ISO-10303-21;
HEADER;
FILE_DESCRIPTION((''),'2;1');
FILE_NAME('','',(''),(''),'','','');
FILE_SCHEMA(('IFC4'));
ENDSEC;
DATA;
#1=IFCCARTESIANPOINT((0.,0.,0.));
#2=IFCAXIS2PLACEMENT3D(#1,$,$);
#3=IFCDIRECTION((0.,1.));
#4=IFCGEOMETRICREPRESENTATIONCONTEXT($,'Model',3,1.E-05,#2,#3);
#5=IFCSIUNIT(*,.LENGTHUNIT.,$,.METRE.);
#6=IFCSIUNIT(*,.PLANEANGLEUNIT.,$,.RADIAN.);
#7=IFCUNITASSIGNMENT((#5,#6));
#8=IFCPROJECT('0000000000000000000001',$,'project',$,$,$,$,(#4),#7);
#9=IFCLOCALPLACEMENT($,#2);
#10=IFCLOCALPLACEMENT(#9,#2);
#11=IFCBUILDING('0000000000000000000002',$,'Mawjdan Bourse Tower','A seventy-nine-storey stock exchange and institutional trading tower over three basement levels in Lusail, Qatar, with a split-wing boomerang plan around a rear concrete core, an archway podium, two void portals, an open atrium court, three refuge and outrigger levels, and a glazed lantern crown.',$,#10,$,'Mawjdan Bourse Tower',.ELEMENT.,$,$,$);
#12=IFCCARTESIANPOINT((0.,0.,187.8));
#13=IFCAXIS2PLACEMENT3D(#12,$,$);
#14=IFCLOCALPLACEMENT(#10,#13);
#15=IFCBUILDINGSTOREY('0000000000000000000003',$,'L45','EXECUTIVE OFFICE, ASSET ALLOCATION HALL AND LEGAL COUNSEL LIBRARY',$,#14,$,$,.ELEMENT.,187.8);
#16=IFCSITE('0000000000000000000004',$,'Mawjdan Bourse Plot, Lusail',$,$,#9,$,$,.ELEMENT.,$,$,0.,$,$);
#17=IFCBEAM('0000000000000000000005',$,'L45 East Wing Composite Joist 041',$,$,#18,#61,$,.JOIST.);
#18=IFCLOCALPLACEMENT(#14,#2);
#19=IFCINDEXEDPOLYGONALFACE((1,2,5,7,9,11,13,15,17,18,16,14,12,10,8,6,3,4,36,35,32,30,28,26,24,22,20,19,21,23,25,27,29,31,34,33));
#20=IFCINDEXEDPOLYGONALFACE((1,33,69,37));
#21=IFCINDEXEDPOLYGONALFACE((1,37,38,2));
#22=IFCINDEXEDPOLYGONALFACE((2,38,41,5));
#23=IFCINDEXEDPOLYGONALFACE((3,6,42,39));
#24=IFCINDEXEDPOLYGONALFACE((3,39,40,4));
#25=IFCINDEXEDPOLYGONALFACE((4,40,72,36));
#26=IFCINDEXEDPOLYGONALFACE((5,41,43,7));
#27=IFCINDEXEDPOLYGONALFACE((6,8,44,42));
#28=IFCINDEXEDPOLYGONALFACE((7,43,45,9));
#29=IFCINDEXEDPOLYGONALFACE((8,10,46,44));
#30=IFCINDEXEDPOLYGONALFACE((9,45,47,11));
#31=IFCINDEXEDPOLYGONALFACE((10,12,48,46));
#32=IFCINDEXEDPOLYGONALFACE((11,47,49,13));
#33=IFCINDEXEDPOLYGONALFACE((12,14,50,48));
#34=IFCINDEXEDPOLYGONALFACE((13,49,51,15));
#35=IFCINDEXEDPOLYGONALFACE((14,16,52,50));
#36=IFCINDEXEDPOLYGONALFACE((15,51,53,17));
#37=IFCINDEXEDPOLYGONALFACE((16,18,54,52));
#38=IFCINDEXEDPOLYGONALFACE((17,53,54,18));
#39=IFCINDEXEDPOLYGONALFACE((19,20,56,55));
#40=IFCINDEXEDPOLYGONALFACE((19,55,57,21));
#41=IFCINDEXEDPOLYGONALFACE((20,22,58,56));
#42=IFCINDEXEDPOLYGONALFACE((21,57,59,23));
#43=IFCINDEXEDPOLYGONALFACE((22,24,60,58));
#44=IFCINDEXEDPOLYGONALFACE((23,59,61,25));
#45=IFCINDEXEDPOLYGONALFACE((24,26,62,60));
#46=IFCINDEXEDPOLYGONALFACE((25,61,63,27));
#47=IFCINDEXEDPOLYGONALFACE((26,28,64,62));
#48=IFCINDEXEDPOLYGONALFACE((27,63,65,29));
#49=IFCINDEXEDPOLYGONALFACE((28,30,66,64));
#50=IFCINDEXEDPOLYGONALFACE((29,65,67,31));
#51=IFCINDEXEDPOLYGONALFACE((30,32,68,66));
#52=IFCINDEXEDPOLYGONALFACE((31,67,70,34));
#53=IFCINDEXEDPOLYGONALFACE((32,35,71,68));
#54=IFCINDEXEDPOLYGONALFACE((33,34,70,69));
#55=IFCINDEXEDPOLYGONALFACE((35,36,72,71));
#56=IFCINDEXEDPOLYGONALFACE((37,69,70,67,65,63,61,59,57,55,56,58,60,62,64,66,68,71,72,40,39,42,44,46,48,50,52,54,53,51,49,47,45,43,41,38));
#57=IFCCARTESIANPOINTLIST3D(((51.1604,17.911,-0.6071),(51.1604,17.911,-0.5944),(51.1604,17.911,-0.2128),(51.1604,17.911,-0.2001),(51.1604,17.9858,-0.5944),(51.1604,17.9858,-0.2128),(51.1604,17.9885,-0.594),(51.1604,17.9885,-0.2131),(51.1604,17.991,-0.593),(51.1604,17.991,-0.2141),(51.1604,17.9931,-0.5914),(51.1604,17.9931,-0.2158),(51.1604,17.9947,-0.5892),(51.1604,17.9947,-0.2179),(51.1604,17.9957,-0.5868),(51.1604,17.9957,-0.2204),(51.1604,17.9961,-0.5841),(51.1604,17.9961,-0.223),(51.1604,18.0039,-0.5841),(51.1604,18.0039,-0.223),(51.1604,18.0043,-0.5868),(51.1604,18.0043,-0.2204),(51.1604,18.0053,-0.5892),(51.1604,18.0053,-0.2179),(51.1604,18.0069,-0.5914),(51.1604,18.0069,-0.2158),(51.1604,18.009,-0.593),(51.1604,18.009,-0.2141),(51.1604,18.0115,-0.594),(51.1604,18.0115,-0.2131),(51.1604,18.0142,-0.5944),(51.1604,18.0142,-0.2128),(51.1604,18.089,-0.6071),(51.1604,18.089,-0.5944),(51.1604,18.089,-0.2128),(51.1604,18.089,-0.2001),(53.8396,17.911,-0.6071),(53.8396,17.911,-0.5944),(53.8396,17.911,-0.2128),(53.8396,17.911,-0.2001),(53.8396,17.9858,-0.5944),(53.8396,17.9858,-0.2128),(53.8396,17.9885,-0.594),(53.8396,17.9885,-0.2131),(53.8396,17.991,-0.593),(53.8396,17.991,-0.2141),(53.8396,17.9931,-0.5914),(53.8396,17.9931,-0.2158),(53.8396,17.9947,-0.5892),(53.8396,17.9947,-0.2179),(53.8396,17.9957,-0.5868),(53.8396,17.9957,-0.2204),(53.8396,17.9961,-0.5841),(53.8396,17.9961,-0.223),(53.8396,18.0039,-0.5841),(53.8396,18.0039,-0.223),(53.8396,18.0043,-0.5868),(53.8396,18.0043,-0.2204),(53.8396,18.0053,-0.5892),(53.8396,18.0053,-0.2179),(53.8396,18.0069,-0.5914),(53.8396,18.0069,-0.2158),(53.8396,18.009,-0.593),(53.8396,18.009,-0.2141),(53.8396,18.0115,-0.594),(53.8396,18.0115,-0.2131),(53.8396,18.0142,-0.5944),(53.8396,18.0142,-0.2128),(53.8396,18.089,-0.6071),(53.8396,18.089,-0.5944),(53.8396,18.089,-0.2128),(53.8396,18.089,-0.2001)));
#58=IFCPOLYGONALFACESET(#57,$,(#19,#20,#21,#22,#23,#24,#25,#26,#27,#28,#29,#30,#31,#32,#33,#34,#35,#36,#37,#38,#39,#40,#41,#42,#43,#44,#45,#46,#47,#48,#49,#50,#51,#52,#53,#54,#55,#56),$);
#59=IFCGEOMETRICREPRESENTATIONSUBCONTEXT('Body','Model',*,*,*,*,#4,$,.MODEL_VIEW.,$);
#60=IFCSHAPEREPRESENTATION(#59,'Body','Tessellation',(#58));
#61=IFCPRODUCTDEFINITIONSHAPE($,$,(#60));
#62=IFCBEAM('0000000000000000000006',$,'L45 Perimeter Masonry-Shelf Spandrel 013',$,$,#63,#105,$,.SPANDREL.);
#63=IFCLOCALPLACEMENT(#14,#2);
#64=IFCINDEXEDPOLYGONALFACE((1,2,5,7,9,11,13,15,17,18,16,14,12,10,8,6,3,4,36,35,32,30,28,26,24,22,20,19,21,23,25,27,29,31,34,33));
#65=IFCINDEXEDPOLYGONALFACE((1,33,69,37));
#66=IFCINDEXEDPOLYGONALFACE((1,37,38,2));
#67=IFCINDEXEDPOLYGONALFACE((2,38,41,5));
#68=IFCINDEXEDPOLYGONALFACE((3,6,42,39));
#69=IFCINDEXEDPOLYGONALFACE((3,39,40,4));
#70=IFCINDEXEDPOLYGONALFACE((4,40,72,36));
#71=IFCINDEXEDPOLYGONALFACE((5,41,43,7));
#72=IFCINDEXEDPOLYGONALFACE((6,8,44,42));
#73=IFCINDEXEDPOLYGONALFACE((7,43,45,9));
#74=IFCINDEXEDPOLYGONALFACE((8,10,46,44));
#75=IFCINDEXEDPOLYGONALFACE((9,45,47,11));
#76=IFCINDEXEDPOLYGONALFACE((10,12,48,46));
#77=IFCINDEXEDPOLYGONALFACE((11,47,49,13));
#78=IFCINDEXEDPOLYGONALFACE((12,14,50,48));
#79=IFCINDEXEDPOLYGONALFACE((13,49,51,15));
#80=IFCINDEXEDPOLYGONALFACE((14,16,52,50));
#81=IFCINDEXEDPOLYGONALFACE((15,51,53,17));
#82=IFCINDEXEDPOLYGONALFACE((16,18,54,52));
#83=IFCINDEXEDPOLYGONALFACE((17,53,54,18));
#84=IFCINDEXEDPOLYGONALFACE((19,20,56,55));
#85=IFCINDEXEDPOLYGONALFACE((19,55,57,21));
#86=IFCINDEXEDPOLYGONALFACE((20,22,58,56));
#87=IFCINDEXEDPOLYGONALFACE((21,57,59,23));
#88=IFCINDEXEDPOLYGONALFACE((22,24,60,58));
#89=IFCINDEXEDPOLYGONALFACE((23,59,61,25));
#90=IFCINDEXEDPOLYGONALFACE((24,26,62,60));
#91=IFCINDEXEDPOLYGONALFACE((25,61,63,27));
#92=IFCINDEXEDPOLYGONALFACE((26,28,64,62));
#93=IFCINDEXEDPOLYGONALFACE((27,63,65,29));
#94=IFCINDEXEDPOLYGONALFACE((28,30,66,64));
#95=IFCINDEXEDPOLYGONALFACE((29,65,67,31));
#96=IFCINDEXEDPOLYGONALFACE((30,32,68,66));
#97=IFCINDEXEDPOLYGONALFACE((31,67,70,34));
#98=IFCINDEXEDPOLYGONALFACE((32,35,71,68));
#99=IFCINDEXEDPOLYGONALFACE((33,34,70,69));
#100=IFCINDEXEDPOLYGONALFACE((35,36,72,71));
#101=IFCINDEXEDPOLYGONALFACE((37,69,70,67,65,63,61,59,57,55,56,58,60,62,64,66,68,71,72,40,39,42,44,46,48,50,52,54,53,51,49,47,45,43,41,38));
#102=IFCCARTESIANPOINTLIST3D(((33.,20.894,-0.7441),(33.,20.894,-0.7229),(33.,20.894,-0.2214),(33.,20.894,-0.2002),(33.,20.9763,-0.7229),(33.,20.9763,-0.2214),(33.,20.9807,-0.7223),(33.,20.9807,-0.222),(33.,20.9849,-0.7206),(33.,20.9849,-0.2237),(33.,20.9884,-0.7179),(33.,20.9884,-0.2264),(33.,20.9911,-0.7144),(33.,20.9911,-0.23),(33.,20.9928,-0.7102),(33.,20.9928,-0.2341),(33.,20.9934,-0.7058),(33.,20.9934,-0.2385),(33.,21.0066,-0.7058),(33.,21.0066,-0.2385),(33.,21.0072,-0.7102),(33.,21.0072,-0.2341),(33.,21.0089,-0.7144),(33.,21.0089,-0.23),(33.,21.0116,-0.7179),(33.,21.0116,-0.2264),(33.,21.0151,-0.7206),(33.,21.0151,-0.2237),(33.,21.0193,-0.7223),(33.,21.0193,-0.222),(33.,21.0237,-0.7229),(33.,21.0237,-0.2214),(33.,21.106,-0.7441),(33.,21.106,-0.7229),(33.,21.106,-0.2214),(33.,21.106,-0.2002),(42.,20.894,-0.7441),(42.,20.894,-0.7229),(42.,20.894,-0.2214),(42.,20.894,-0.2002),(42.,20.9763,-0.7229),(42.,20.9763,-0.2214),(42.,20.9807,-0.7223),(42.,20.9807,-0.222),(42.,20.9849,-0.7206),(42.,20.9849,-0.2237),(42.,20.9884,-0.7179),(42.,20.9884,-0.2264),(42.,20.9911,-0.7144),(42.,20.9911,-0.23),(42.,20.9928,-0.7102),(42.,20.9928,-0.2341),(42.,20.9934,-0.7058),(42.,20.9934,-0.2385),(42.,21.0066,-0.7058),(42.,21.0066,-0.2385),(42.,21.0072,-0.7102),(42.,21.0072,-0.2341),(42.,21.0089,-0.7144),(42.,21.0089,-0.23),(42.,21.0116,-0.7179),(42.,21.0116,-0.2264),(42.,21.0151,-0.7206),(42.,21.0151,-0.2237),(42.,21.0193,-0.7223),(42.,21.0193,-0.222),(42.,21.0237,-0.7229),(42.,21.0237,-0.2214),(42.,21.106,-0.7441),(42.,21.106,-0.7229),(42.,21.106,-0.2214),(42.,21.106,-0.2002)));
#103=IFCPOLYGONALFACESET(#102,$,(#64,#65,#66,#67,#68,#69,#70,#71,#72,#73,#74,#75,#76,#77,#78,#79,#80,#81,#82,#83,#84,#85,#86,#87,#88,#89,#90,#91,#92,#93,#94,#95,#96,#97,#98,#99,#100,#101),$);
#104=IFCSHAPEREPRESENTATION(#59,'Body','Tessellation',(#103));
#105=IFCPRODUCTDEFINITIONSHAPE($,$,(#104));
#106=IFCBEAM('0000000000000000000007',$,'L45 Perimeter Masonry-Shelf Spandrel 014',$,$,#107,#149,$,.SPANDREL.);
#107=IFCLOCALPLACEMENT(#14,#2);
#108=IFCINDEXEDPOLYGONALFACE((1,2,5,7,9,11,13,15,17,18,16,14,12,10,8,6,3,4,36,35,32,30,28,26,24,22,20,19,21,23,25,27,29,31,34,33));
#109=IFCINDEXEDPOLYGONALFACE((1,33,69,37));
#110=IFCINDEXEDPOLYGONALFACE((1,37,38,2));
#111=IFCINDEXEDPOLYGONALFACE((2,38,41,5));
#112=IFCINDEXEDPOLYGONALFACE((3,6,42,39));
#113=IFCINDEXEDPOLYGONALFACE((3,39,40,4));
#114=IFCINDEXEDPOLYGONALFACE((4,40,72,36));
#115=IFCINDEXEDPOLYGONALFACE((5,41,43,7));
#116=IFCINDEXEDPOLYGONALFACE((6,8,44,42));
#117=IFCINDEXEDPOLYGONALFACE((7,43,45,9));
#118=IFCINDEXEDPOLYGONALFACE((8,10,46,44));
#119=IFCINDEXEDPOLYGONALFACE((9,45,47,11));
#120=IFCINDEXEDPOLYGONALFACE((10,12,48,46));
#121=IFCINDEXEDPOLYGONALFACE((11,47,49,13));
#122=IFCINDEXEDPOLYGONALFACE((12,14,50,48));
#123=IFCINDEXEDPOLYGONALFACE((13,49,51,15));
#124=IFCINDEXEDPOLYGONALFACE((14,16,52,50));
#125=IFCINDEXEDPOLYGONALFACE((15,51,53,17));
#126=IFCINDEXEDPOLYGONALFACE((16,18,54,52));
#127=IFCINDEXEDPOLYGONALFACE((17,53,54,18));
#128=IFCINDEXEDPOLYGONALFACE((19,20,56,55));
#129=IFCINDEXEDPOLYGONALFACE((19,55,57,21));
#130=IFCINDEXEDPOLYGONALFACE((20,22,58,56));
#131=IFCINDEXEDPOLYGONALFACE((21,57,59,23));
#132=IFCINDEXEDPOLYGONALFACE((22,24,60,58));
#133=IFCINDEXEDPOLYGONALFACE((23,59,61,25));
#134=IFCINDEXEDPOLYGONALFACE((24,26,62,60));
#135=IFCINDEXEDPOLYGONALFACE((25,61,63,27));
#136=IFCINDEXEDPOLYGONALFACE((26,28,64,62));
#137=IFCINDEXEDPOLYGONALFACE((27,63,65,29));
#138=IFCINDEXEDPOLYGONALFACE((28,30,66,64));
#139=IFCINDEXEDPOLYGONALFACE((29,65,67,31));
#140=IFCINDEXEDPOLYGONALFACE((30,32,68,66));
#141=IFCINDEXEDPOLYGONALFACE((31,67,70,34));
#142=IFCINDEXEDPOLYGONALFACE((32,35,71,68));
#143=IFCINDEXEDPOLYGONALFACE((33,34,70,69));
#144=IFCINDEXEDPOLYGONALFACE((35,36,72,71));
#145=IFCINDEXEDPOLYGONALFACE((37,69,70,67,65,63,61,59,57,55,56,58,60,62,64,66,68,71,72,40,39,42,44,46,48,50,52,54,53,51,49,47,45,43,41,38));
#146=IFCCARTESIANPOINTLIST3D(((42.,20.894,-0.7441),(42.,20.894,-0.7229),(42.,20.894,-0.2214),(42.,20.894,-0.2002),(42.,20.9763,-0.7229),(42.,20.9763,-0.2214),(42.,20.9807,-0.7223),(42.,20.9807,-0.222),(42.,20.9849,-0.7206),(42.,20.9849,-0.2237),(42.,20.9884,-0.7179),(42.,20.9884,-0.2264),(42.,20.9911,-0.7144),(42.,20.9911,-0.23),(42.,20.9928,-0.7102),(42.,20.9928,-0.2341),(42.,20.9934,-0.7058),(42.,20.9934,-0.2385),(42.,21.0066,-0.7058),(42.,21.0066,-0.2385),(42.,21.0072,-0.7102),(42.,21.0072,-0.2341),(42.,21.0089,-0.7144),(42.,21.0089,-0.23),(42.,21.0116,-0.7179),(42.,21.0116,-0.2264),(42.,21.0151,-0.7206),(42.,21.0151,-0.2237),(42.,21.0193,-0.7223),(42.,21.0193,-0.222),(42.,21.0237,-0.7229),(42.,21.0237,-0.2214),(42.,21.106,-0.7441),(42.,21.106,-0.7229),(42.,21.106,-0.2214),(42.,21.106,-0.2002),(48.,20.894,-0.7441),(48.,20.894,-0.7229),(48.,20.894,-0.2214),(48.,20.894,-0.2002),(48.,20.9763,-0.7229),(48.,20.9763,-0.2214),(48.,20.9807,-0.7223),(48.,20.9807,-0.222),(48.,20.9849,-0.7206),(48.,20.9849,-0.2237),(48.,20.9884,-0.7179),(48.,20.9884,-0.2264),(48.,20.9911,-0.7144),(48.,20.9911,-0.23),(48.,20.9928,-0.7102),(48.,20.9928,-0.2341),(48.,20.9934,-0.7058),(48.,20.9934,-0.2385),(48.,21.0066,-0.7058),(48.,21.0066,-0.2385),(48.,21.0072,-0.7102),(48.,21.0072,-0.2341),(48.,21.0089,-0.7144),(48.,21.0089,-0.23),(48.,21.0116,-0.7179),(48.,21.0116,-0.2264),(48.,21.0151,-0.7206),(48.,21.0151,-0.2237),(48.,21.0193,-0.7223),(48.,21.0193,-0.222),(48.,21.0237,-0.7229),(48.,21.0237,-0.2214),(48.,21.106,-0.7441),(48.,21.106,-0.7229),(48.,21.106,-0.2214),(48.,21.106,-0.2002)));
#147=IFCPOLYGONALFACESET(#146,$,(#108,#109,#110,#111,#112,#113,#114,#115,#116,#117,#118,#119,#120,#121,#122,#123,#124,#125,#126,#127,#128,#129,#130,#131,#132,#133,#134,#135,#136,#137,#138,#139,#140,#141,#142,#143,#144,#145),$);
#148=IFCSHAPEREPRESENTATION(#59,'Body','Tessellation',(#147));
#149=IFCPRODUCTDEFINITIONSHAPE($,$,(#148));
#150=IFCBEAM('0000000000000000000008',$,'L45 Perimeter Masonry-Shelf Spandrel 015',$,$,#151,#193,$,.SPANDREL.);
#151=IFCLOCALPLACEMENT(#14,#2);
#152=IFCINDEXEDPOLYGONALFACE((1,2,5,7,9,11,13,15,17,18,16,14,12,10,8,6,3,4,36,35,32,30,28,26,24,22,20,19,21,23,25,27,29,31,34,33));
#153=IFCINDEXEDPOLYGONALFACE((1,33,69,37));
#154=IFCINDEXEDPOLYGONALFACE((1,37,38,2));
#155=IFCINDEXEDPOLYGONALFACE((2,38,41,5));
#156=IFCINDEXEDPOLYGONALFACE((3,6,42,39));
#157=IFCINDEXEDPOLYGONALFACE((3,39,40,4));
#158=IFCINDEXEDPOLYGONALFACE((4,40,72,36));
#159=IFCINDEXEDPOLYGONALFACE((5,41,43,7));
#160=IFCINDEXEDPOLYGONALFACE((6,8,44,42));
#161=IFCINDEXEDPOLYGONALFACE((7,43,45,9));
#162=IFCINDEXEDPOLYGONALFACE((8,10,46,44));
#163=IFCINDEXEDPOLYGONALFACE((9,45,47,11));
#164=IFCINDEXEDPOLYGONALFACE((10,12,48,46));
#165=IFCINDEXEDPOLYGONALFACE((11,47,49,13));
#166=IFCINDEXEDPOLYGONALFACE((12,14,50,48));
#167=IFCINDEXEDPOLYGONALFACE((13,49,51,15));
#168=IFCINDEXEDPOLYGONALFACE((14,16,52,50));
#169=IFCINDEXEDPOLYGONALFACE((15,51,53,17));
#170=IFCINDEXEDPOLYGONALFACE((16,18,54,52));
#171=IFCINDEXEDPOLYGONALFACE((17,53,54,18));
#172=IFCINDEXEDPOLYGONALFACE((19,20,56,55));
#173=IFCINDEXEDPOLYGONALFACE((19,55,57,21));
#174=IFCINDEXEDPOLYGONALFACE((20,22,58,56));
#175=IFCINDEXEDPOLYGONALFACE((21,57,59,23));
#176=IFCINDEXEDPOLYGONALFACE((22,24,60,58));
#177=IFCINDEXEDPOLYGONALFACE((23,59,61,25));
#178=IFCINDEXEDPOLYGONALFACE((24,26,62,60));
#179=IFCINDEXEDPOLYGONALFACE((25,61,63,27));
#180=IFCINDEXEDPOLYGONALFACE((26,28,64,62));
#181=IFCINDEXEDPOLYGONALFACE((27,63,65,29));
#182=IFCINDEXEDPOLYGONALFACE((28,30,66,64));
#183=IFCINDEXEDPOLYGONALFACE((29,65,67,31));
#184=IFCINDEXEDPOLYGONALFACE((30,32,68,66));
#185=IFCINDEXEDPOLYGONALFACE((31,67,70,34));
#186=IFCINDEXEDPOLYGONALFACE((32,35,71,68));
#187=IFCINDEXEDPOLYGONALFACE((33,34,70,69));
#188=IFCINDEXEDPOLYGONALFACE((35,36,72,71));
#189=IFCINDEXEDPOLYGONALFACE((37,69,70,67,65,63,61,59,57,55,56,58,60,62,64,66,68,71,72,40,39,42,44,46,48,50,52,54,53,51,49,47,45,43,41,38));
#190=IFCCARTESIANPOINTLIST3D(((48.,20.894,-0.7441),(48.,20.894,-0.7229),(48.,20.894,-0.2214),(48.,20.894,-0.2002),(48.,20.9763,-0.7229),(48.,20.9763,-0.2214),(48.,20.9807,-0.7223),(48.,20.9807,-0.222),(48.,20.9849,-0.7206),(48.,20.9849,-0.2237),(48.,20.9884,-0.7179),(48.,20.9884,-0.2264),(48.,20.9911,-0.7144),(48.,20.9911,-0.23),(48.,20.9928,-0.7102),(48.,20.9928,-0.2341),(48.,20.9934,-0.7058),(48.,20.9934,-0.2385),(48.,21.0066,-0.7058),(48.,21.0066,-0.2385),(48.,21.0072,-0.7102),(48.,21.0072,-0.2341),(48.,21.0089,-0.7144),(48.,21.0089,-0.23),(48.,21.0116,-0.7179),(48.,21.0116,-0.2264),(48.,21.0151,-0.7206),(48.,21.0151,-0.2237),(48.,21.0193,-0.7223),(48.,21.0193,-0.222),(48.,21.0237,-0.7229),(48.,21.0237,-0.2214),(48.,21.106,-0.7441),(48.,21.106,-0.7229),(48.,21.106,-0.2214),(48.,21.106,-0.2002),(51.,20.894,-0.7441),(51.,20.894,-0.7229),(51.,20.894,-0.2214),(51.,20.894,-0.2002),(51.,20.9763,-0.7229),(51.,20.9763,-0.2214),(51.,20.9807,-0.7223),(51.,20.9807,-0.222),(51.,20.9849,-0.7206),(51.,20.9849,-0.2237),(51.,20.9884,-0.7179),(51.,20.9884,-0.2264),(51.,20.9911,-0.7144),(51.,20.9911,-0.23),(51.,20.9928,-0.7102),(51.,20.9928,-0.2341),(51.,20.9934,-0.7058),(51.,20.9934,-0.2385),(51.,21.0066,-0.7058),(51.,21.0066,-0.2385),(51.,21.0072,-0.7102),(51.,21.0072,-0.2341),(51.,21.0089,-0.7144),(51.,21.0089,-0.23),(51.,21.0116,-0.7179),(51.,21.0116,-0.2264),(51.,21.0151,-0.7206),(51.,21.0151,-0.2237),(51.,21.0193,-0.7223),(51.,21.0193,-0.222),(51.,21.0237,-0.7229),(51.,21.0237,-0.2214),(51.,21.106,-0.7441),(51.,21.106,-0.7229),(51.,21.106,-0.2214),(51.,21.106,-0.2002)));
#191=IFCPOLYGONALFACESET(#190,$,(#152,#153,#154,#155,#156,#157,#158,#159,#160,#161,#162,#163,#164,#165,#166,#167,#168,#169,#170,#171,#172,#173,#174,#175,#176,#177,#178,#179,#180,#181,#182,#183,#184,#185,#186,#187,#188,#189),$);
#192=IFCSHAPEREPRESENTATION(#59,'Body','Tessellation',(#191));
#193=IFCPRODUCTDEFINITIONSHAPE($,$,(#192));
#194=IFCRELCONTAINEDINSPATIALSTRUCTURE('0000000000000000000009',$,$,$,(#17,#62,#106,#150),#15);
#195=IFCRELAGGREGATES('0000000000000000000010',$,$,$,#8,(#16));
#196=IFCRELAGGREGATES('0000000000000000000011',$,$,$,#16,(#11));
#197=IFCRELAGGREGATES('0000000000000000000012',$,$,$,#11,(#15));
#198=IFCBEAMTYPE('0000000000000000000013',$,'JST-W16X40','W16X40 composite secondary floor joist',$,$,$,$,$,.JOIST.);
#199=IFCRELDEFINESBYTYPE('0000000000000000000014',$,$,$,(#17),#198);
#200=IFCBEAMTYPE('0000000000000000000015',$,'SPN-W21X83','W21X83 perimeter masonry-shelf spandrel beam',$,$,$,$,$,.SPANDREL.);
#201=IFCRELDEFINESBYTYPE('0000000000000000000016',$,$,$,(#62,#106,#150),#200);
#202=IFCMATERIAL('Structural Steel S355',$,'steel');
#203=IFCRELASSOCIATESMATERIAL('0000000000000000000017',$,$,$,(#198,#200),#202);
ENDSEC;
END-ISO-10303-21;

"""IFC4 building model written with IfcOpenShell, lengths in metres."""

from ifc_helpers import new_model, si_unit, direction, frame, origin, origin_2d, place, context, subcontext, project, spatial, i_section, extrude, material, material_profile, profile_set, type_object, element, save


model = new_model("IFC4")

# Units and contexts
model_context = context("Model", 3, precision=1e-05, world=origin(), true_north=direction((0.0, 1.0)))
body_context = subcontext(model_context, "Body", "Model", "MODEL_VIEW")
ifc_project = project(units=[si_unit("LENGTHUNIT", "METRE"), si_unit("PLANEANGLEUNIT", "RADIAN")], contexts=[model_context])

# Site, building, storey
site_placement = place(None, origin())
site = spatial("IfcSite", under=ifc_project, at=site_placement, Name="Mawjdan Bourse Plot, Lusail", CompositionType="ELEMENT", RefElevation=0.0)
building_placement = place(site_placement, origin())
building = spatial("IfcBuilding", under=site, at=building_placement, Name="Mawjdan Bourse Tower", Description="A seventy-nine-storey stock exchange and institutional trading tower over three basement levels in Lusail, Qatar, with a split-wing boomerang plan around a rear concrete core, an archway podium, two void portals, an open atrium court, three refuge and outrigger levels, and a glazed lantern crown.", LongName="Mawjdan Bourse Tower", CompositionType="ELEMENT")
storey_placement = place(building_placement, frame((0.0, 0.0, 187.8)))
storey = spatial("IfcBuildingStorey", under=building, at=storey_placement, Name="L45", Description="EXECUTIVE OFFICE, ASSET ALLOCATION HALL AND LEGAL COUNSEL LIBRARY", CompositionType="ELEMENT", Elevation=187.8)

# Beams
ifc_material_1 = material(Name="Structural Steel S355", Category="steel")
ifc_material_profile_1 = material_profile(ifc_material_1, i_section(OverallWidth=0.178, OverallDepth=0.407, WebThickness=0.0078, FlangeThickness=0.0127, FilletRadius=0.0103, at=origin_2d()), Name="W16X40")
ifc_profile_set_1 = profile_set([ifc_material_profile_1], Name="Structural Steel S355")
beam_type_1 = type_object("IfcBeamType", Name="JST-W16X40", Description="W16X40 composite secondary floor joist", PredefinedType="JOIST", material=ifc_profile_set_1)
for number, where, z_axis, x_axis, name in (
    (1, (51.1604, 18.0, -0.4036), (1.0, 0.0, 0.0), (0.0, 1.0, 0.0), "L45 East Wing Composite Joist 041"),
):
    element("IfcBeam", number, at=place(storey_placement, frame(where, z_axis=z_axis, x_axis=x_axis)), inside=storey, type_object=beam_type_1, Name=name, PredefinedType="JOIST", context=body_context, shape_type="SweptSolid", body=[
        extrude(i_section(OverallWidth=0.178, OverallDepth=0.407, WebThickness=0.0078, FlangeThickness=0.0127, FilletRadius=0.0103, at=origin_2d()), origin(), (0.0, 0.0, 1.0), 2.6792),
    ])
ifc_material_profile_2 = material_profile(ifc_material_1, i_section(OverallWidth=0.2119, OverallDepth=0.5439, WebThickness=0.0132, FlangeThickness=0.0212, FilletRadius=0.0171, at=origin_2d()), Name="W21X83")
ifc_profile_set_2 = profile_set([ifc_material_profile_2], Name="Structural Steel S355")
beam_type_2 = type_object("IfcBeamType", Name="SPN-W21X83", Description="W21X83 perimeter masonry-shelf spandrel beam", PredefinedType="SPANDREL", material=ifc_profile_set_2)
beam_1_placement = place(storey_placement, frame((33.0, 21.0, -0.4722), z_axis=(1.0, 0.0, 0.0), x_axis=(0.0, 1.0, 0.0)))
element("IfcBeam", 2, at=beam_1_placement, inside=storey, type_object=beam_type_2, Name="L45 Perimeter Masonry-Shelf Spandrel 013", PredefinedType="SPANDREL", context=body_context, shape_type="SweptSolid", body=[
    extrude(i_section(OverallWidth=0.2119, OverallDepth=0.5439, WebThickness=0.0132, FlangeThickness=0.0212, FilletRadius=0.0171, at=origin_2d()), origin(), (0.0, 0.0, 1.0), 9.0),
])
beam_2_placement = place(storey_placement, frame((42.0, 21.0, -0.4722), z_axis=(1.0, 0.0, 0.0), x_axis=(0.0, 1.0, 0.0)))
element("IfcBeam", 3, at=beam_2_placement, inside=storey, type_object=beam_type_2, Name="L45 Perimeter Masonry-Shelf Spandrel 014", PredefinedType="SPANDREL", context=body_context, shape_type="SweptSolid", body=[
    extrude(i_section(OverallWidth=0.2119, OverallDepth=0.5439, WebThickness=0.0132, FlangeThickness=0.0212, FilletRadius=0.0171, at=origin_2d()), origin(), (0.0, 0.0, 1.0), 6.0),
])
for number, where, z_axis, x_axis, name in (
    (4, (48.0, 21.0, -0.4722), (1.0, 0.0, 0.0), (0.0, 1.0, 0.0), "L45 Perimeter Masonry-Shelf Spandrel 015"),
):
    element("IfcBeam", number, at=place(storey_placement, frame(where, z_axis=z_axis, x_axis=x_axis)), inside=storey, type_object=beam_type_2, Name=name, PredefinedType="SPANDREL", context=body_context, shape_type="SweptSolid", body=[
        extrude(i_section(OverallWidth=0.2119, OverallDepth=0.5439, WebThickness=0.0132, FlangeThickness=0.0212, FilletRadius=0.0171, at=origin_2d()), origin(), (0.0, 0.0, 1.0), 3.0),
    ])

save(model, "model.ifc")
